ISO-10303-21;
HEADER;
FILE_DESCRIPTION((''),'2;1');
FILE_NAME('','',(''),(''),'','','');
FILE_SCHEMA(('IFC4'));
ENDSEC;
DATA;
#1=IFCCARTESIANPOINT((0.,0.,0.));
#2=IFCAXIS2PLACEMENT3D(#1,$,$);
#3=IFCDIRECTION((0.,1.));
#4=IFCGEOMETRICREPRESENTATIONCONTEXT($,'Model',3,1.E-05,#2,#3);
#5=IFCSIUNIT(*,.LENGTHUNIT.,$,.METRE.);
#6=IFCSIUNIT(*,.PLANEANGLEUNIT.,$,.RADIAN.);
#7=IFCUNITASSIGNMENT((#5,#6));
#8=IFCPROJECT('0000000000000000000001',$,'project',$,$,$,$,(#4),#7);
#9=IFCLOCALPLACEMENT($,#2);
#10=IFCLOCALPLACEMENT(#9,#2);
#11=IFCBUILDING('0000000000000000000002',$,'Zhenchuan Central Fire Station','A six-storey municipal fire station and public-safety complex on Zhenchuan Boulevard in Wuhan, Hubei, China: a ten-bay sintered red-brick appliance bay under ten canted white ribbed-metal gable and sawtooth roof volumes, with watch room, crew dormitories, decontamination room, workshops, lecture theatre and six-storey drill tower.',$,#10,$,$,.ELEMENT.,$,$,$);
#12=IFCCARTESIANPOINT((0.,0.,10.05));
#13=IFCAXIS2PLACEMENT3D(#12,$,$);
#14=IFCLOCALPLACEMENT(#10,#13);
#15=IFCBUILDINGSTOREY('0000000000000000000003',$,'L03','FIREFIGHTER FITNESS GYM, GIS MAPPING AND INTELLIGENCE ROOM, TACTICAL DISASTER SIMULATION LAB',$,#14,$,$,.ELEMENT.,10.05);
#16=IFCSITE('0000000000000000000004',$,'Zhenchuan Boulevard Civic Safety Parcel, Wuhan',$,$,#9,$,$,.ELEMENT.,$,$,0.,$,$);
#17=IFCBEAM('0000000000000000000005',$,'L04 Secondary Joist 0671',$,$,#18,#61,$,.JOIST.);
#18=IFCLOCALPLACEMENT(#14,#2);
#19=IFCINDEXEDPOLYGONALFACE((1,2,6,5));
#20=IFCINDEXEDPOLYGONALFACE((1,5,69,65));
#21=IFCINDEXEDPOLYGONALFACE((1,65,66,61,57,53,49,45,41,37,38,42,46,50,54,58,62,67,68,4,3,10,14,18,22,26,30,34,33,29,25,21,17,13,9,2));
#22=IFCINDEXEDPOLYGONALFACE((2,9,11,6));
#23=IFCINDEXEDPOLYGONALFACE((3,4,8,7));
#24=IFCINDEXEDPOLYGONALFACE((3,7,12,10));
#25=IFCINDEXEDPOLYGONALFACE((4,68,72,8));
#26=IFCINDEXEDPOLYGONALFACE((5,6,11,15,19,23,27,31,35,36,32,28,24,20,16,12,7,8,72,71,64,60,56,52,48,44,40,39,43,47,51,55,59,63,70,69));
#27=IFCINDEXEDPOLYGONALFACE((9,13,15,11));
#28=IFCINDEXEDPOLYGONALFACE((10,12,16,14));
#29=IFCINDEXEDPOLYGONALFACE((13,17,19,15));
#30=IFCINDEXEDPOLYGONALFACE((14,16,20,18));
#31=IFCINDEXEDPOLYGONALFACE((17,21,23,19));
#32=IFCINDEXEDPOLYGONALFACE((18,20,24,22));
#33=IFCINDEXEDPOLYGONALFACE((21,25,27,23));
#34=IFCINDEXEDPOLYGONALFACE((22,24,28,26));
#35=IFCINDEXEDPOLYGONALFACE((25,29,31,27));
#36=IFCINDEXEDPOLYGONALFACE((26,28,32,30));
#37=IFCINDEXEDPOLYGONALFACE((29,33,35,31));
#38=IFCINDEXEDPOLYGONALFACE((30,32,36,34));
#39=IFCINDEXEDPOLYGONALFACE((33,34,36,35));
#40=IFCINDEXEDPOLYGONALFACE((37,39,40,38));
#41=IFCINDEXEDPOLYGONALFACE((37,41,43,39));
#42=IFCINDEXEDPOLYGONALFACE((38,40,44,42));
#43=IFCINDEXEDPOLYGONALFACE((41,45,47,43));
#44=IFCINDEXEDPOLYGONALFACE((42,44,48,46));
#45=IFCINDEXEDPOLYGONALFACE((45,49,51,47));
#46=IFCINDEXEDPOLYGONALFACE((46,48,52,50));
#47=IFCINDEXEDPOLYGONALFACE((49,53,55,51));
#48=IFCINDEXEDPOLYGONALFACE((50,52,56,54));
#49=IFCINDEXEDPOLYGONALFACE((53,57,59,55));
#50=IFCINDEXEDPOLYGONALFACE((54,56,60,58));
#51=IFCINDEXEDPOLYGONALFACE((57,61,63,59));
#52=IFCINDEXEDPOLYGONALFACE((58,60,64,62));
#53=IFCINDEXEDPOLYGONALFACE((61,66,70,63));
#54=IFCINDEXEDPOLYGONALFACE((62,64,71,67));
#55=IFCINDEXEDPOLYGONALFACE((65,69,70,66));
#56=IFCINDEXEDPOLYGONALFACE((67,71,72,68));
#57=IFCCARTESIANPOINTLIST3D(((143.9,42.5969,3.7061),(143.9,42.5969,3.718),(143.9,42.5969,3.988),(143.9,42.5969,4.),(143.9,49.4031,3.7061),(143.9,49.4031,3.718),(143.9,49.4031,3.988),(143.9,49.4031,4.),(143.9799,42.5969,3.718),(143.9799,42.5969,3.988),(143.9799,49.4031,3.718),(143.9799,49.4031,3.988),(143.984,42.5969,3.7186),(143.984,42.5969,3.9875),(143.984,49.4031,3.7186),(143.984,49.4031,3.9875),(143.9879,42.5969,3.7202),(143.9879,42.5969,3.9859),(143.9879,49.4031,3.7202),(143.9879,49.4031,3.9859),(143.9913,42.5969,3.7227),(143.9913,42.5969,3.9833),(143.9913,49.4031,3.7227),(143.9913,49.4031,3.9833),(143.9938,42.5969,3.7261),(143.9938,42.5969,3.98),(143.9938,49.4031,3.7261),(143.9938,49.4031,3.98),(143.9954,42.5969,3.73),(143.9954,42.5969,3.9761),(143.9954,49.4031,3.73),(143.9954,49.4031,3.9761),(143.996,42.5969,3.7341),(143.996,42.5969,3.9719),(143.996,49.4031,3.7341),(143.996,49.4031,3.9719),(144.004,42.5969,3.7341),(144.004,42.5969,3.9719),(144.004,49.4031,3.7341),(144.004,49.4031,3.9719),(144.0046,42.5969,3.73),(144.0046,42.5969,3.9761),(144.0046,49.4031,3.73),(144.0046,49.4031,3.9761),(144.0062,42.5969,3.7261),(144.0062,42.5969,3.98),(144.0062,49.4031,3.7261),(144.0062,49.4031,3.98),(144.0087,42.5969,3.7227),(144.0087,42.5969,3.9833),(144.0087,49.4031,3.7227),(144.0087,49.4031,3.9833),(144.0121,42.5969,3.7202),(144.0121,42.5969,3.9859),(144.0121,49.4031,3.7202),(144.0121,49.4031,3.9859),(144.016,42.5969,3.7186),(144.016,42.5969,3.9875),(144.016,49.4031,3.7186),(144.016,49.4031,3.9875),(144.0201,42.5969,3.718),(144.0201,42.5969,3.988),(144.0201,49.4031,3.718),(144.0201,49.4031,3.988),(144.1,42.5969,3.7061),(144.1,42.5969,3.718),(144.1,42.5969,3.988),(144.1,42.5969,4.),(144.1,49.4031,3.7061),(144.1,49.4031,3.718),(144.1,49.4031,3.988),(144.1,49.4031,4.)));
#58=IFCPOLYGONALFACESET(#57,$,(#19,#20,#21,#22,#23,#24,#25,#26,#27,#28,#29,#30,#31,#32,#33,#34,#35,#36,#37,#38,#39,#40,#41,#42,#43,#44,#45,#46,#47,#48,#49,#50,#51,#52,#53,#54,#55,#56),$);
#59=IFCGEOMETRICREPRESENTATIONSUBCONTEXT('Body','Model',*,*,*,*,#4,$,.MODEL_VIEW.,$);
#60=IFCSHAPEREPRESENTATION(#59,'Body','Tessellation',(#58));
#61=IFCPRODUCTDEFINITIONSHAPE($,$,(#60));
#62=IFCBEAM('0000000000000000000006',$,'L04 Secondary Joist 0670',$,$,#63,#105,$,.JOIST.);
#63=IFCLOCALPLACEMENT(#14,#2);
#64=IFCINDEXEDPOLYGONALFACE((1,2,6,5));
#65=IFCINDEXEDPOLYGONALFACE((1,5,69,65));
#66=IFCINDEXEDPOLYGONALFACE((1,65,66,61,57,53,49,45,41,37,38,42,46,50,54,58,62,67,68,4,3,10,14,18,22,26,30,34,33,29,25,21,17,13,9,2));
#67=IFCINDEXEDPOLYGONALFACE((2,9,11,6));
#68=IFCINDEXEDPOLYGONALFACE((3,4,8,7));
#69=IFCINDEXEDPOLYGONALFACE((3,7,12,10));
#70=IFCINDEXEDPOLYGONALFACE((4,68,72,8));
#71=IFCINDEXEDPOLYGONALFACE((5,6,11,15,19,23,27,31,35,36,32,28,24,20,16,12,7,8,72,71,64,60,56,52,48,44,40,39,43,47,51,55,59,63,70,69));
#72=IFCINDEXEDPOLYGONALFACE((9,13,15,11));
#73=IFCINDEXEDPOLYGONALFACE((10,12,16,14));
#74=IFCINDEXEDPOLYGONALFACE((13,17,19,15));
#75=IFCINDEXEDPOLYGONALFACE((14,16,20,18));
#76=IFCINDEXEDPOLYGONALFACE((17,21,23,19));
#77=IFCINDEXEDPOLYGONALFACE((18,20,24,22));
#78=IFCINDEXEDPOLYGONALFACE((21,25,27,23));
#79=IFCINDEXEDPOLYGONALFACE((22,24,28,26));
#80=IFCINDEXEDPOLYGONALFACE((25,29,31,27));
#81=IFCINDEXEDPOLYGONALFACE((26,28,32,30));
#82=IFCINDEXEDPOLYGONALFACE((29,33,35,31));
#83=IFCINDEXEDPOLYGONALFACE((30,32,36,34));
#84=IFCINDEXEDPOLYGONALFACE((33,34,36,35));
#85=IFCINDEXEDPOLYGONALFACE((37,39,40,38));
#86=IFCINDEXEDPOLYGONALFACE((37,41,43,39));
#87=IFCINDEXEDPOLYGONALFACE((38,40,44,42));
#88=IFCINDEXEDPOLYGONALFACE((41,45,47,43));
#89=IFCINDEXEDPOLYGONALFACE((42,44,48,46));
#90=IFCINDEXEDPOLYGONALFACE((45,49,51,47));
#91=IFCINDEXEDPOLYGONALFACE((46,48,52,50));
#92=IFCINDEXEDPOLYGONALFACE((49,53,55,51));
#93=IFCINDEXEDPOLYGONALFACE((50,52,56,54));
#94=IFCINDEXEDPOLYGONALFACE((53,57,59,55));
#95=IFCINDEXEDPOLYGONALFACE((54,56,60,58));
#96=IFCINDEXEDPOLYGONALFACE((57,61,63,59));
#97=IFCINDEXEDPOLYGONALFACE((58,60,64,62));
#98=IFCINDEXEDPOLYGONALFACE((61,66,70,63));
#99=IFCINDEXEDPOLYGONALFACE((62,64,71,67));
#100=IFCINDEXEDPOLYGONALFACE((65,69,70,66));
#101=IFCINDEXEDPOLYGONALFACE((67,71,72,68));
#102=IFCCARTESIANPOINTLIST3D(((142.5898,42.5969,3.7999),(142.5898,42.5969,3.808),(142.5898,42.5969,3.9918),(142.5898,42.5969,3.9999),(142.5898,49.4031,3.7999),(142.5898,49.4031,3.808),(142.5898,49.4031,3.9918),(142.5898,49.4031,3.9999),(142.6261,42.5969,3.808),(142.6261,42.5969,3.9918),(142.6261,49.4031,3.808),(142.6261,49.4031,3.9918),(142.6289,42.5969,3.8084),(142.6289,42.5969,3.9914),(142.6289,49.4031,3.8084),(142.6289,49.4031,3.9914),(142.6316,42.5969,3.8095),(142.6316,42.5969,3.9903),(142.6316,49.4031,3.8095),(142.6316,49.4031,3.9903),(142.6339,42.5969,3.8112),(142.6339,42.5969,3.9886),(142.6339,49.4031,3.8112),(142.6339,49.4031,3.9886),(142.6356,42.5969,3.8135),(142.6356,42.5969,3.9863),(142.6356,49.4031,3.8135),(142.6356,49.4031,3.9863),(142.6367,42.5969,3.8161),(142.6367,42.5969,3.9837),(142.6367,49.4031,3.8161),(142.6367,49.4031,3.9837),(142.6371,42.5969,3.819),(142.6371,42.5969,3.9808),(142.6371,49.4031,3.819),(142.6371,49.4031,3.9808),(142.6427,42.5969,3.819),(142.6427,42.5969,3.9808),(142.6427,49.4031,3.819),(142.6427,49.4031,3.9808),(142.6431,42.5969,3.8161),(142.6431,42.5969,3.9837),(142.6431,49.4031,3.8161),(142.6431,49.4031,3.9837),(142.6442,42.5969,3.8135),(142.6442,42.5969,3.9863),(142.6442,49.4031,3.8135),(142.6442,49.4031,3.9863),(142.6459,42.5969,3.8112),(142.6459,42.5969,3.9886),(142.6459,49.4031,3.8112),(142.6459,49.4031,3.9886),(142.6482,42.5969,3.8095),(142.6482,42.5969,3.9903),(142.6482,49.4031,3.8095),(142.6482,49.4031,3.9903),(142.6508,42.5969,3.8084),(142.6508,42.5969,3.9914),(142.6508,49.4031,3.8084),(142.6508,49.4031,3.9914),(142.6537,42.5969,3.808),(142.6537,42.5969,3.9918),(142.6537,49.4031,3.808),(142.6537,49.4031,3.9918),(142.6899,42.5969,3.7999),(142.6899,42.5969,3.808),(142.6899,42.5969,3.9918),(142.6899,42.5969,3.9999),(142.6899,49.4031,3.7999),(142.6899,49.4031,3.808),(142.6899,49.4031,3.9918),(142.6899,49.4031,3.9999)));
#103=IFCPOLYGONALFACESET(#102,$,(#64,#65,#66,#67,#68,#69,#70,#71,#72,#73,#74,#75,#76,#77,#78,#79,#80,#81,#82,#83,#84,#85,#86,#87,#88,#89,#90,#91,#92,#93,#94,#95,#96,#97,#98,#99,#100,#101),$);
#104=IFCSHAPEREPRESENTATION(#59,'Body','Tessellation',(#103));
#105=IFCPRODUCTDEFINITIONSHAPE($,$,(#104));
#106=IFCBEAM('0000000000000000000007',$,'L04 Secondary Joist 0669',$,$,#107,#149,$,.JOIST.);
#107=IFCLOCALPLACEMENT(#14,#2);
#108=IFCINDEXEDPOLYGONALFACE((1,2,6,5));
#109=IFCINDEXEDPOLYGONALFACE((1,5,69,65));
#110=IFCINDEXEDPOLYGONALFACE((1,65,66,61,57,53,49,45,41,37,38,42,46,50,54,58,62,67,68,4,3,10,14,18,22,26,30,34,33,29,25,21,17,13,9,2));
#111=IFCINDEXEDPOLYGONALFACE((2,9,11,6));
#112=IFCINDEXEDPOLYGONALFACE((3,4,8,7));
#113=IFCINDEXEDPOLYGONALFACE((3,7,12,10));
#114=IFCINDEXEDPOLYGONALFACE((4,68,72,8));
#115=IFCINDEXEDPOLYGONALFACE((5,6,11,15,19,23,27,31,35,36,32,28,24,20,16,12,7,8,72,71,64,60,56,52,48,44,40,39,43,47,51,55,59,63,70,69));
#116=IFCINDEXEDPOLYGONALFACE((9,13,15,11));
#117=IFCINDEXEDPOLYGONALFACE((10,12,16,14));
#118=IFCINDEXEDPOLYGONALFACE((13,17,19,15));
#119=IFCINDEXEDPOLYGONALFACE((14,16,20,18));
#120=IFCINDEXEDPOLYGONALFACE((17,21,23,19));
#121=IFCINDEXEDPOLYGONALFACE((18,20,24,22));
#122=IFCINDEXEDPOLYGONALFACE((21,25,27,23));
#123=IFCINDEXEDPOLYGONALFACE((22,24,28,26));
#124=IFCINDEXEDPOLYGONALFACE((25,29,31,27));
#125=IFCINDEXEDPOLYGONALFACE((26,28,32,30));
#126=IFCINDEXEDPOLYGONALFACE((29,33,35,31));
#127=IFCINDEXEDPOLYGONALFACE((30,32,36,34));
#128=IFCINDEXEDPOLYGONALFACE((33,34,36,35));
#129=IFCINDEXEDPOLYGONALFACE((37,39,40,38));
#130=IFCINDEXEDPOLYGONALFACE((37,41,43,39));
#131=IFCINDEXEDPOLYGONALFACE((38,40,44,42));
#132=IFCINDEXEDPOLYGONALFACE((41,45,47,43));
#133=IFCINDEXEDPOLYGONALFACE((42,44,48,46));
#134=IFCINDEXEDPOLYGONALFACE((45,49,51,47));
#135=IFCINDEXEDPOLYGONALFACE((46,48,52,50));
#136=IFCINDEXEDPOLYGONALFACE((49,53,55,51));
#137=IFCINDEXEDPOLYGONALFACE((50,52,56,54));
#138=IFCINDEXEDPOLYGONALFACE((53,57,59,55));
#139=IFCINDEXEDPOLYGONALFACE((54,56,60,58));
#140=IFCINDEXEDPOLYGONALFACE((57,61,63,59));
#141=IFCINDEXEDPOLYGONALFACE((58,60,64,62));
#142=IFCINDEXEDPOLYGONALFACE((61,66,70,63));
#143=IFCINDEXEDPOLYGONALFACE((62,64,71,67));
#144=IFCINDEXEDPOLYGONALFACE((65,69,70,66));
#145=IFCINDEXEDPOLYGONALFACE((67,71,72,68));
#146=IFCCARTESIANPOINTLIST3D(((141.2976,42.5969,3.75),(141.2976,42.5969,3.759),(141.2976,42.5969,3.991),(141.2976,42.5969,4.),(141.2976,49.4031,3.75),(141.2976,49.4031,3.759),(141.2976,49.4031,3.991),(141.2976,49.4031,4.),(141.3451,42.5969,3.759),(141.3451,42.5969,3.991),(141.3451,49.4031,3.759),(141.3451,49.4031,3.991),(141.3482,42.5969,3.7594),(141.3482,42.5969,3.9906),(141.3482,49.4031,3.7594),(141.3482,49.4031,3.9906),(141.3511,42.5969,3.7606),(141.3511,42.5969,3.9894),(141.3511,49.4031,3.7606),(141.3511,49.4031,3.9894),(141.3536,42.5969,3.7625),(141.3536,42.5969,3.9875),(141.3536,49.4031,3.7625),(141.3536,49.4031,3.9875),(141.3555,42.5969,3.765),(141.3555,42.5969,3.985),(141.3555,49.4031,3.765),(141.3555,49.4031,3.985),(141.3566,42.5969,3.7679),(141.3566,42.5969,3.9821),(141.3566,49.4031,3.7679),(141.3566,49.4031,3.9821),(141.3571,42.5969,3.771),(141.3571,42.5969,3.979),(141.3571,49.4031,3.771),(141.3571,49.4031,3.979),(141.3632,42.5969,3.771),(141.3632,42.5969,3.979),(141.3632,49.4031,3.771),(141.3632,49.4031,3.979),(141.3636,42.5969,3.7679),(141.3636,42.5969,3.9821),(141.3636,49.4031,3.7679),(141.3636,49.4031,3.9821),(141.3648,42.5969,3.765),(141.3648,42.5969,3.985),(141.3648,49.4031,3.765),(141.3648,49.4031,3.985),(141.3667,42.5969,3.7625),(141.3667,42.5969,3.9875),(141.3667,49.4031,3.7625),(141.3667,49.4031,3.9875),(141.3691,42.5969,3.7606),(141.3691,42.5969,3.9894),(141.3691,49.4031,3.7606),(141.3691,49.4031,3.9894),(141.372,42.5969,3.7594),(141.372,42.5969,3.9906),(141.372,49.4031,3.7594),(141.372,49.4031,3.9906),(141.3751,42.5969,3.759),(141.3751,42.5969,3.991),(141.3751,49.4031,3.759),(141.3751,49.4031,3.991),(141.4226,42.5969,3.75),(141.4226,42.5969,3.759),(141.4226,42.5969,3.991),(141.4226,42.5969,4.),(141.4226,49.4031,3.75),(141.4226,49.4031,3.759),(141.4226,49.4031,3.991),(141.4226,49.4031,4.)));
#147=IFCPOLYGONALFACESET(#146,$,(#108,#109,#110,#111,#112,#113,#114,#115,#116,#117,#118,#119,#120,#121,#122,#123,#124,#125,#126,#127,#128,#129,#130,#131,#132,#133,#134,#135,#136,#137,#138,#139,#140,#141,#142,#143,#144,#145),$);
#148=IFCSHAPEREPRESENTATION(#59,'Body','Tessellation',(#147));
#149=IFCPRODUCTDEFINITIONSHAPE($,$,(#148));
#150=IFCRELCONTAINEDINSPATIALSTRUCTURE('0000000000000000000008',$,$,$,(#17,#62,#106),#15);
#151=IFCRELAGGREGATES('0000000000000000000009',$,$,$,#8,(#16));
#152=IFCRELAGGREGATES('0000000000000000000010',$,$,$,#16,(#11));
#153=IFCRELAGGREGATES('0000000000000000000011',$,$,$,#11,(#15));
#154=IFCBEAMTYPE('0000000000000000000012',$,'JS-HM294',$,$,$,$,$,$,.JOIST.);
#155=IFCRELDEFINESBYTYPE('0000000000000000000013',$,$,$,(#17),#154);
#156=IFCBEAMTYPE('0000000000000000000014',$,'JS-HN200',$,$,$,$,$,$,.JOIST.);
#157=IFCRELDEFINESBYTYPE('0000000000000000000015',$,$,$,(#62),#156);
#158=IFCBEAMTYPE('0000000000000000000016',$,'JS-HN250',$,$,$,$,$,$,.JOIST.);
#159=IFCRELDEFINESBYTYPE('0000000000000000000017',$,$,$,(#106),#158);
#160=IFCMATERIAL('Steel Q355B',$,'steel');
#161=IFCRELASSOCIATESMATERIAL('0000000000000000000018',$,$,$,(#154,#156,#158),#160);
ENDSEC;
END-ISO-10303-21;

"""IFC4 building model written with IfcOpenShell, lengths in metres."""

from ifc_helpers import new_model, si_unit, direction, frame, origin, origin_2d, place, context, subcontext, project, spatial, i_section, extrude, material, material_profile, profile_set, type_object, element, save


model = new_model("IFC4")

# Units and contexts
model_context = context("Model", 3, precision=1e-05, world=origin(), true_north=direction((0.0, 1.0)))
body_context = subcontext(model_context, "Body", "Model", "MODEL_VIEW")
ifc_project = project(units=[si_unit("LENGTHUNIT", "METRE"), si_unit("PLANEANGLEUNIT", "RADIAN")], contexts=[model_context])

# Site, building, storey
site_placement = place(None, origin())
site = spatial("IfcSite", under=ifc_project, at=site_placement, Name="Zhenchuan Boulevard Civic Safety Parcel, Wuhan", CompositionType="ELEMENT", RefElevation=0.0)
building_placement = place(site_placement, origin())
building = spatial("IfcBuilding", under=site, at=building_placement, Name="Zhenchuan Central Fire Station", Description="A six-storey municipal fire station and public-safety complex on Zhenchuan Boulevard in Wuhan, Hubei, China: a ten-bay sintered red-brick appliance bay under ten canted white ribbed-metal gable and sawtooth roof volumes, with watch room, crew dormitories, decontamination room, workshops, lecture theatre and six-storey drill tower.", CompositionType="ELEMENT")
storey_placement = place(building_placement, frame((0.0, 0.0, 10.05)))
storey = spatial("IfcBuildingStorey", under=building, at=storey_placement, Name="L03", Description="FIREFIGHTER FITNESS GYM, GIS MAPPING AND INTELLIGENCE ROOM, TACTICAL DISASTER SIMULATION LAB", CompositionType="ELEMENT", Elevation=10.05)

# Beams
ifc_material_1 = material(Name="Steel Q355B", Category="steel")
ifc_material_profile_1 = material_profile(ifc_material_1, i_section(OverallWidth=0.2, OverallDepth=0.2939, WebThickness=0.0081, FlangeThickness=0.012, FilletRadius=0.0161, at=origin_2d()), Name="HM 294x200")
ifc_profile_set_1 = profile_set([ifc_material_profile_1], Name="Steel Q355B")
beam_type_1 = type_object("IfcBeamType", Name="JS-HM294", PredefinedType="JOIST", material=ifc_profile_set_1)
beam_1_placement = place(storey_placement, frame((144.0, 42.5969, 3.853), z_axis=(0.0, 1.0, 0.0), x_axis=(-1.0, 0.0, 0.0)))
element("IfcBeam", 1, at=beam_1_placement, inside=storey, type_object=beam_type_1, Name="L04 Secondary Joist 0671", PredefinedType="JOIST", context=body_context, shape_type="SweptSolid", body=[
    extrude(i_section(OverallWidth=0.2, OverallDepth=0.2939, WebThickness=0.0081, FlangeThickness=0.012, FilletRadius=0.0161, at=origin_2d()), origin(), (0.0, 0.0, 1.0), 6.8062),
])
ifc_material_profile_2 = material_profile(ifc_material_1, i_section(OverallWidth=0.1001, OverallDepth=0.2, WebThickness=0.0056, FlangeThickness=0.0081, FilletRadius=0.011, at=origin_2d()), Name="HN 200x100")
ifc_profile_set_2 = profile_set([ifc_material_profile_2], Name="Steel Q355B")
beam_type_2 = type_object("IfcBeamType", Name="JS-HN200", PredefinedType="JOIST", material=ifc_profile_set_2)
beam_2_placement = place(storey_placement, frame((142.6399, 42.5969, 3.8999), z_axis=(0.0, 1.0, 0.0), x_axis=(-1.0, 0.0, 0.0)))
element("IfcBeam", 2, at=beam_2_placement, inside=storey, type_object=beam_type_2, Name="L04 Secondary Joist 0670", PredefinedType="JOIST", context=body_context, shape_type="SweptSolid", body=[
    extrude(i_section(OverallWidth=0.1001, OverallDepth=0.2, WebThickness=0.0056, FlangeThickness=0.0081, FilletRadius=0.011, at=origin_2d()), origin(), (0.0, 0.0, 1.0), 6.8062),
])
ifc_material_profile_3 = material_profile(ifc_material_1, i_section(OverallWidth=0.125, OverallDepth=0.25, WebThickness=0.0061, FlangeThickness=0.009, FilletRadius=0.012, at=origin_2d()), Name="HN 250x125")
ifc_profile_set_3 = profile_set([ifc_material_profile_3], Name="Steel Q355B")
beam_type_3 = type_object("IfcBeamType", Name="JS-HN250", PredefinedType="JOIST", material=ifc_profile_set_3)
beam_3_placement = place(storey_placement, frame((141.3601, 42.5969, 3.875), z_axis=(0.0, 1.0, 0.0), x_axis=(-1.0, 0.0, 0.0)))
element("IfcBeam", 3, at=beam_3_placement, inside=storey, type_object=beam_type_3, Name="L04 Secondary Joist 0669", PredefinedType="JOIST", context=body_context, shape_type="SweptSolid", body=[
    extrude(i_section(OverallWidth=0.125, OverallDepth=0.25, WebThickness=0.0061, FlangeThickness=0.009, FilletRadius=0.012, at=origin_2d()), origin(), (0.0, 0.0, 1.0), 6.8062),
])

save(model, "model.ifc")
